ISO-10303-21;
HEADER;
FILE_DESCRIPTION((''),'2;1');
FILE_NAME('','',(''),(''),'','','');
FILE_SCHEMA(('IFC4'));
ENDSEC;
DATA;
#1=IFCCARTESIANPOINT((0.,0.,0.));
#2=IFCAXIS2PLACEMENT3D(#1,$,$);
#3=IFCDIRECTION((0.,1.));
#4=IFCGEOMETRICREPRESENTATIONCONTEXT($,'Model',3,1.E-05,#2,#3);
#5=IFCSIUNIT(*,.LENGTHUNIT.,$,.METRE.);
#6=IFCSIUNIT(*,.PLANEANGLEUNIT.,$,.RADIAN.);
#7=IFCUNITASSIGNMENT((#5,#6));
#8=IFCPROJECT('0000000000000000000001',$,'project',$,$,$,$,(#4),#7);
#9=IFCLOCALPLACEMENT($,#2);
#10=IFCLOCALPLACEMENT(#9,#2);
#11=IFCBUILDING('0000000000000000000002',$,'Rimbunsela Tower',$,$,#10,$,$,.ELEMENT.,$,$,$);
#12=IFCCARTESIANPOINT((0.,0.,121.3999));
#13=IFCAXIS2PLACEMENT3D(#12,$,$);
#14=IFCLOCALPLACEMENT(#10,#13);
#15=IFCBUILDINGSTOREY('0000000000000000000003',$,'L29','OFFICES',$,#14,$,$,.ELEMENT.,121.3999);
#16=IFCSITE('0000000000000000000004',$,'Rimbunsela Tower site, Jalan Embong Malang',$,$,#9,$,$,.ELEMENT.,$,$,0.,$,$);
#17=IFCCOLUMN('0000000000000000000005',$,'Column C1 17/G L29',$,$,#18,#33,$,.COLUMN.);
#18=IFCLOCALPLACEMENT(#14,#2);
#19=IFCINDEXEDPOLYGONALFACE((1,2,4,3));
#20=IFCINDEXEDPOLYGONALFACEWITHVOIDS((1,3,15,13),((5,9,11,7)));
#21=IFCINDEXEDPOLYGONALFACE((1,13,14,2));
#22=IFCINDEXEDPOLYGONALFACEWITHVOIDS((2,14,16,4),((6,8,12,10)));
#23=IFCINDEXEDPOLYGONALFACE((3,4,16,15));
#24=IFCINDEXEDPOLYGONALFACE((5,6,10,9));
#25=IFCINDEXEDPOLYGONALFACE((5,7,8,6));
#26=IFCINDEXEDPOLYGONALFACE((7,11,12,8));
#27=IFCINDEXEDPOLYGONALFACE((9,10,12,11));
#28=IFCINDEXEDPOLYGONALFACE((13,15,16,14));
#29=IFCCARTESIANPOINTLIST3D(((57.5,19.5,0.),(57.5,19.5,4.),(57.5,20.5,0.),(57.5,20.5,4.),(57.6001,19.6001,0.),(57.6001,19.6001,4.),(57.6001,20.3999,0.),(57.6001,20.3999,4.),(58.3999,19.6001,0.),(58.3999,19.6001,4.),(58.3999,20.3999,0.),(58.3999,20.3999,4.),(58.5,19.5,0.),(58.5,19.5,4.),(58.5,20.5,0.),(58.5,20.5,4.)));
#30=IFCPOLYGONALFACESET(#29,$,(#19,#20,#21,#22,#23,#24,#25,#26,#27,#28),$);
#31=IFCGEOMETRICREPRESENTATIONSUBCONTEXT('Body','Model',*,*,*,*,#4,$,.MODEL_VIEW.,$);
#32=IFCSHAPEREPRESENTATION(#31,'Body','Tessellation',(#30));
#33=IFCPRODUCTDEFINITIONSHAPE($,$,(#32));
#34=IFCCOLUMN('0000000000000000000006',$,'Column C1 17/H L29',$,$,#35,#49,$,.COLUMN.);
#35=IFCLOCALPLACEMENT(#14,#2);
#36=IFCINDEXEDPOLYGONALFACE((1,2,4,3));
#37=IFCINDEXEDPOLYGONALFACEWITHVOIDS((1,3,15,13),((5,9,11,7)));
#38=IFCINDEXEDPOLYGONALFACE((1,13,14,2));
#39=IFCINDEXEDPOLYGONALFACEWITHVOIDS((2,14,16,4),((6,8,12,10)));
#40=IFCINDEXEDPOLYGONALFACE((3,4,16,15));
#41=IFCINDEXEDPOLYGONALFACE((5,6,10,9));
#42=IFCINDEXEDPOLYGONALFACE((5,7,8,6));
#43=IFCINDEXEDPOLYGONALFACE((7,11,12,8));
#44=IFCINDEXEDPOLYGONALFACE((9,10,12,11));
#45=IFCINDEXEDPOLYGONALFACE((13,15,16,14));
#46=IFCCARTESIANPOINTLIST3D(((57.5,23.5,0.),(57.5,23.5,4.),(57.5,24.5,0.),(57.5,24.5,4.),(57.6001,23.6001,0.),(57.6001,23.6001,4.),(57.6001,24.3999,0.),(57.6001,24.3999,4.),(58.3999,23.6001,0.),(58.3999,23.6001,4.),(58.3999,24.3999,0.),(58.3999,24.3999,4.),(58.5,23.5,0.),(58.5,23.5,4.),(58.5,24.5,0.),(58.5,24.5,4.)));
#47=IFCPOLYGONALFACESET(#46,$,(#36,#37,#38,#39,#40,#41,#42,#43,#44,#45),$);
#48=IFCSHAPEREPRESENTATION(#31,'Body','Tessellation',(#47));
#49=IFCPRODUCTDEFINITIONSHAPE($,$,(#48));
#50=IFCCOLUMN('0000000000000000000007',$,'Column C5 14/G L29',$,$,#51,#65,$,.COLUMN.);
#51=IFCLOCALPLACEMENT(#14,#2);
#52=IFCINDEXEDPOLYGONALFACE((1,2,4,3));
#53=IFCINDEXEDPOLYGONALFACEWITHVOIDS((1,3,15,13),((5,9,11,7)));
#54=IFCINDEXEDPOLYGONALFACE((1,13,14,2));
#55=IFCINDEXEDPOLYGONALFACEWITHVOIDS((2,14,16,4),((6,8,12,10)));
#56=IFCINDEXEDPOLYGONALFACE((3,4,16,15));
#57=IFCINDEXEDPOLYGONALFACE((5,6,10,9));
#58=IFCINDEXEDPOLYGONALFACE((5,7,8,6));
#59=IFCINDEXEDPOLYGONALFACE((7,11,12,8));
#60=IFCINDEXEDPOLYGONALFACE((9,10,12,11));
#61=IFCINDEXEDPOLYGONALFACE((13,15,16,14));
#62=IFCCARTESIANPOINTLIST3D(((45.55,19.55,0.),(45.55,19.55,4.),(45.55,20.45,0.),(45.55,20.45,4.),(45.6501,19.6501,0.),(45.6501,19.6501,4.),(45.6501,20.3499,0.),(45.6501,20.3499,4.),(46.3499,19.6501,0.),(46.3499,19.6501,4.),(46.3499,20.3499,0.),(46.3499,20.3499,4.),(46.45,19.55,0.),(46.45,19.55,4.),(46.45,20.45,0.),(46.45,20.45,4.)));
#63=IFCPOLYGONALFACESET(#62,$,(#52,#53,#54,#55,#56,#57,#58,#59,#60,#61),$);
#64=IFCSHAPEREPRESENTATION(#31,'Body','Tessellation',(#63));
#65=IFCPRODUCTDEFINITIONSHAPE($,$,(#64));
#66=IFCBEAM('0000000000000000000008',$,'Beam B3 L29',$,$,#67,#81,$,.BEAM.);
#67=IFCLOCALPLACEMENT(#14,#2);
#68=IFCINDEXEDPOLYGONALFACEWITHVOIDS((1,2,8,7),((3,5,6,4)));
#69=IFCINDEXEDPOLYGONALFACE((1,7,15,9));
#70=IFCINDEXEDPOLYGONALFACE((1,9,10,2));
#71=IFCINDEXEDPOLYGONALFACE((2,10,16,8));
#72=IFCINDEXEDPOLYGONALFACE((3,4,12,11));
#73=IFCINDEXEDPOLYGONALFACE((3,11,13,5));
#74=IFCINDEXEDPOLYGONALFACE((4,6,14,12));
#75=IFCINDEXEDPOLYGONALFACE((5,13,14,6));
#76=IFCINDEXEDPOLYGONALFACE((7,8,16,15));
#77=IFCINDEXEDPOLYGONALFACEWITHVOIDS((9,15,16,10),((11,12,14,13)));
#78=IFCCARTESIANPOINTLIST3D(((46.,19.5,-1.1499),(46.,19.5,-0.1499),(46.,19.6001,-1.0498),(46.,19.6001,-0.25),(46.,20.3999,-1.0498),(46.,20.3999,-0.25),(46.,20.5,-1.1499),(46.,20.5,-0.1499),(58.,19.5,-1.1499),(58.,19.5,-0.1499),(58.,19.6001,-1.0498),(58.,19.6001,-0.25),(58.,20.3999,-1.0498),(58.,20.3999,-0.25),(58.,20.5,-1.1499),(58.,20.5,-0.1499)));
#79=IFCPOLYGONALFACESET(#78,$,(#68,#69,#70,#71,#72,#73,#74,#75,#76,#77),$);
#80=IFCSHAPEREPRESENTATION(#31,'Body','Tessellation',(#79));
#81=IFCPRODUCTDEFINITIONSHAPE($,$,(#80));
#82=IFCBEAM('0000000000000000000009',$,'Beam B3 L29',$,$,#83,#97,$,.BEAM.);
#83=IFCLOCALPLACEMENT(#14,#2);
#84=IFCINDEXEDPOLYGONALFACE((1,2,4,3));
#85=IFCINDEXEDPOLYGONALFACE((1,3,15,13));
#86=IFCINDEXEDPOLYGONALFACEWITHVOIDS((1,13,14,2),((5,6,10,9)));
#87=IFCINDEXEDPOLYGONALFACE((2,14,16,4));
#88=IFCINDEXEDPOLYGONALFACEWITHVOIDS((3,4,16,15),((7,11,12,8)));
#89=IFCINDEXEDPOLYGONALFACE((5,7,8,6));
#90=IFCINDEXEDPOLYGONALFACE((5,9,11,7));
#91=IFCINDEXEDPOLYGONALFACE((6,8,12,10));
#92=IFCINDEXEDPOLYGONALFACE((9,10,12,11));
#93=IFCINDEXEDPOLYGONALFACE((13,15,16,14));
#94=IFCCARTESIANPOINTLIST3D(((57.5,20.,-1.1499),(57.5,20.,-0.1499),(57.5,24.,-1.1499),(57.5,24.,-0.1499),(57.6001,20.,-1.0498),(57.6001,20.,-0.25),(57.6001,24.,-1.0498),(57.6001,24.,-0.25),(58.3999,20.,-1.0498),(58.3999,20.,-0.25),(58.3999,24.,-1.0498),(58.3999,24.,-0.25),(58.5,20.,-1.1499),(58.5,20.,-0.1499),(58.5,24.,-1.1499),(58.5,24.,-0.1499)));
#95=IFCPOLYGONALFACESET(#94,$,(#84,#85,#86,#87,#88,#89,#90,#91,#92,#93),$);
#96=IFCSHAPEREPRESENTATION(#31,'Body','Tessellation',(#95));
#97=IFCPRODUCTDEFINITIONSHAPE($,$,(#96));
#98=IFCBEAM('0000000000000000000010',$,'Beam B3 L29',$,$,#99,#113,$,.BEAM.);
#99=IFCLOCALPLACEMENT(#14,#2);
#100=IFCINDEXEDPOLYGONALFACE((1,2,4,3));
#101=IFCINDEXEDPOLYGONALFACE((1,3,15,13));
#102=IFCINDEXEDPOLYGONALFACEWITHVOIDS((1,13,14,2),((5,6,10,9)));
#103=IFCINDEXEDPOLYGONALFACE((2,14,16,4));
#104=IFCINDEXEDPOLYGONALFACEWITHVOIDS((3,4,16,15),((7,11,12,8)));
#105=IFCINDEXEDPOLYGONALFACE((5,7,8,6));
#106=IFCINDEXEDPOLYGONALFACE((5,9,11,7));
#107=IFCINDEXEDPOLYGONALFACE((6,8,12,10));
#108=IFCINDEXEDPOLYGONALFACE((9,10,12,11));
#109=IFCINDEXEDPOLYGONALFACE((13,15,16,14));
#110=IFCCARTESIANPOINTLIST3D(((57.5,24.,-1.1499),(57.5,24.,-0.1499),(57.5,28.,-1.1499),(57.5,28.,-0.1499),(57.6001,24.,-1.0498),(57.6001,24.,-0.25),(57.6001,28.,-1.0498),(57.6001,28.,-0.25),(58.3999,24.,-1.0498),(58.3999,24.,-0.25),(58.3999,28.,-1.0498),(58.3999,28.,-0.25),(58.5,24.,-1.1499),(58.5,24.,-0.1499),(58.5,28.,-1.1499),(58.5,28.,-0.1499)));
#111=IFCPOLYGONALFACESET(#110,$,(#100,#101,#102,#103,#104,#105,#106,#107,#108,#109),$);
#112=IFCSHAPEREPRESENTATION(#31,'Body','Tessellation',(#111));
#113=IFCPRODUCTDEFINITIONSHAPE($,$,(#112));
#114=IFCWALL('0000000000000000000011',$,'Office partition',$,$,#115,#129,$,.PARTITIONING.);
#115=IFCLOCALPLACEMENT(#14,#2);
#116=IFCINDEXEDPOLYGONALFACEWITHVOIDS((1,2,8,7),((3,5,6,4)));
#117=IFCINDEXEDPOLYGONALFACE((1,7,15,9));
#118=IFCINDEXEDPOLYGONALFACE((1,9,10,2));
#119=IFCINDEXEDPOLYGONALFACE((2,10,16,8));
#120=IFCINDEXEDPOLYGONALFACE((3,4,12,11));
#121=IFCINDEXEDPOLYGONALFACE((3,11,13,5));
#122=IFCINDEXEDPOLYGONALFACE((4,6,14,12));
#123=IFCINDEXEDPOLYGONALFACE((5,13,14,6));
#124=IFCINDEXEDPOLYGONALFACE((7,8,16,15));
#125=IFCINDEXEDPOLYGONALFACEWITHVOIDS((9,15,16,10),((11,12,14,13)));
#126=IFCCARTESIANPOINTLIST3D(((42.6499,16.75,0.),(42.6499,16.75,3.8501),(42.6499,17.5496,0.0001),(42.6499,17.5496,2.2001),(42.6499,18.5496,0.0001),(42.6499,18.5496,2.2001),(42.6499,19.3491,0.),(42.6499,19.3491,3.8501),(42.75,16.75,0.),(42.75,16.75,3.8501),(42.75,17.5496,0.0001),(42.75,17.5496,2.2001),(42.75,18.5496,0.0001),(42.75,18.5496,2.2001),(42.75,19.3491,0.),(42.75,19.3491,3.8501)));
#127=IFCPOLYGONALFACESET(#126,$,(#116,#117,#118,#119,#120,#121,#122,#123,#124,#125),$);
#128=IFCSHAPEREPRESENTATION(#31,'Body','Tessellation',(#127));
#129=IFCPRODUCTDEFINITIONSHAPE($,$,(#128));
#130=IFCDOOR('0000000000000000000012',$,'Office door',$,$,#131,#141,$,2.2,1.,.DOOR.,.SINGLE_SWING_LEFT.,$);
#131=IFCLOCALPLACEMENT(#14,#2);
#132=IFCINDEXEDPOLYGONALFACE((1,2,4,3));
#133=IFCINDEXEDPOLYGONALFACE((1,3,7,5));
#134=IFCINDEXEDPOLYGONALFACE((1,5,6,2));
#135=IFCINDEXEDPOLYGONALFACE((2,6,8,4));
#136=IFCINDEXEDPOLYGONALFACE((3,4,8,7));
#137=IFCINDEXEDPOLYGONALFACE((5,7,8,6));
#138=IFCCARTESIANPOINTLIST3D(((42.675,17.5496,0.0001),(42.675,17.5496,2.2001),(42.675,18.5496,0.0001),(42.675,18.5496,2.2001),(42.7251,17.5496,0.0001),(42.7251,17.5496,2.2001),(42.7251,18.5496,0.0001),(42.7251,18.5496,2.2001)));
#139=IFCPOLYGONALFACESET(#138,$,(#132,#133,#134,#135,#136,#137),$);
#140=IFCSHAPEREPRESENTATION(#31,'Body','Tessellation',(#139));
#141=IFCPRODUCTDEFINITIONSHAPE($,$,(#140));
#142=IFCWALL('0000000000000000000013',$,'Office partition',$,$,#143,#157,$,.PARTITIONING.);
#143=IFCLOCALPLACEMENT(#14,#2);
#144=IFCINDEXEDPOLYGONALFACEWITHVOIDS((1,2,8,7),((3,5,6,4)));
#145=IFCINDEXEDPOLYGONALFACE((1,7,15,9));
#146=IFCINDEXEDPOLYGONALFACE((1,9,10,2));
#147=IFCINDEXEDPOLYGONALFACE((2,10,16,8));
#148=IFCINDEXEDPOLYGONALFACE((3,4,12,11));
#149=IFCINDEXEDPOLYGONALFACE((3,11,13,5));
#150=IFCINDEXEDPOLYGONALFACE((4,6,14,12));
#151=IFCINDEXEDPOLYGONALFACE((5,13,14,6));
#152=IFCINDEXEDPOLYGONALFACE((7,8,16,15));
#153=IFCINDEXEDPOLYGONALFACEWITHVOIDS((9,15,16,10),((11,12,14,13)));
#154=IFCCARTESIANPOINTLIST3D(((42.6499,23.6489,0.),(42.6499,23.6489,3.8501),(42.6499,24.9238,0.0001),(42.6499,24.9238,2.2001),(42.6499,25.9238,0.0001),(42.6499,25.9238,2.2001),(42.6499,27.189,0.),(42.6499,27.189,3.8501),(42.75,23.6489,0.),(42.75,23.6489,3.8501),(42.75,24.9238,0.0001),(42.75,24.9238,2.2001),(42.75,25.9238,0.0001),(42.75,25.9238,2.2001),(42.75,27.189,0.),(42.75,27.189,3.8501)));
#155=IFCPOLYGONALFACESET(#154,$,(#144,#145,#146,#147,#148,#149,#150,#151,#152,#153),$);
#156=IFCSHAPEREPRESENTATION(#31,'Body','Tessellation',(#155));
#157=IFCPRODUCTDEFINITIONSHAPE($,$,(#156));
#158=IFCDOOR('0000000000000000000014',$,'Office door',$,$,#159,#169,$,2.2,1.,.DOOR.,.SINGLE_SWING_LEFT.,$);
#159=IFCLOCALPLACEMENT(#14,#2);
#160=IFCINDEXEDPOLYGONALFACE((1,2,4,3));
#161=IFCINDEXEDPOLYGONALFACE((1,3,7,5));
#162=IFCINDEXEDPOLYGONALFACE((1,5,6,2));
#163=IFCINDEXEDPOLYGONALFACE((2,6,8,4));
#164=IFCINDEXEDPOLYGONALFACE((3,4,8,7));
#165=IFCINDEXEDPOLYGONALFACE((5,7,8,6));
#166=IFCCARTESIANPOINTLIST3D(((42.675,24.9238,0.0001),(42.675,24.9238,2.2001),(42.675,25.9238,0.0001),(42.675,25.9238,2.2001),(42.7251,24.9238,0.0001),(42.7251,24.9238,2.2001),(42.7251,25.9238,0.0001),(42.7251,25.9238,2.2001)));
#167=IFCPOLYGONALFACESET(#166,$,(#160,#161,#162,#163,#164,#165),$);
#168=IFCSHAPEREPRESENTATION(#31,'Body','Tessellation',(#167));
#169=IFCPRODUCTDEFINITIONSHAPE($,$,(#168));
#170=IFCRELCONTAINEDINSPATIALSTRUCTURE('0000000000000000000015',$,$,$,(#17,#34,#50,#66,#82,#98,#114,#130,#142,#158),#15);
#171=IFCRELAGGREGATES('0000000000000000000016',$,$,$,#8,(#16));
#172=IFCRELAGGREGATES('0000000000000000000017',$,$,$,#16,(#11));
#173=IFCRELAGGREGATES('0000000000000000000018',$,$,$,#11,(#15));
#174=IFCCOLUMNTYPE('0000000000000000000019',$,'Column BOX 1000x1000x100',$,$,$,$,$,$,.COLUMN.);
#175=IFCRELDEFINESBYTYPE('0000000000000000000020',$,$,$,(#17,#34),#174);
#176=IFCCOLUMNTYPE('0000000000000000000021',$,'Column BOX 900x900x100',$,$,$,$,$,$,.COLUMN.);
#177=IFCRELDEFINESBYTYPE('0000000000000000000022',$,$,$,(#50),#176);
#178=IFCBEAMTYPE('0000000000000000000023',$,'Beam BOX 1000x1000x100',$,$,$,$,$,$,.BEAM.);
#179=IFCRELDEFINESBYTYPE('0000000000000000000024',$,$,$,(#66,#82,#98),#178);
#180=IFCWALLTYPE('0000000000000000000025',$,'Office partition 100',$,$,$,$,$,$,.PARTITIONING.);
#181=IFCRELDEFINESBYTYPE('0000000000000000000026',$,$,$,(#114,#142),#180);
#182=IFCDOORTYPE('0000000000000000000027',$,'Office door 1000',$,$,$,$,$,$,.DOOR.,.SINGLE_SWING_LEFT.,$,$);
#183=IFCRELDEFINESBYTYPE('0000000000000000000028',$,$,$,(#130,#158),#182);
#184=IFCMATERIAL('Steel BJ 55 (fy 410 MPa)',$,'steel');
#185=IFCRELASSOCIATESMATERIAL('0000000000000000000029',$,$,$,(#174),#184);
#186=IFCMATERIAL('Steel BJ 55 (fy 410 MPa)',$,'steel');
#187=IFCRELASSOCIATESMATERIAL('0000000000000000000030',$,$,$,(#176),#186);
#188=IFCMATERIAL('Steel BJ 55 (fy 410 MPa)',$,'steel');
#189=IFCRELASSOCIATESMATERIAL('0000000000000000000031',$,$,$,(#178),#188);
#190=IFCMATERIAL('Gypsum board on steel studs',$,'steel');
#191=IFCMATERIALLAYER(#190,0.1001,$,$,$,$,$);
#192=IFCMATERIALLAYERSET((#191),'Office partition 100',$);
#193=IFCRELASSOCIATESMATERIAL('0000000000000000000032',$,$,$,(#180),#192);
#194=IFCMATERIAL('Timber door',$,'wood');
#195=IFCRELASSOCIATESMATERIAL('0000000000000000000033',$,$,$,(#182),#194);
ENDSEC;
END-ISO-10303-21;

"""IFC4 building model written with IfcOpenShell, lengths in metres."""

from ifc_helpers import new_model, si_unit, direction, frame, frame_2d, origin, origin_2d, place, context, subcontext, project, spatial, rectangle, hollow_rectangle, extrude, material, layer, layer_set, material_profile, profile_set, type_object, element, fill, save


model = new_model("IFC4")

# Units and contexts
model_context = context("Model", 3, precision=1e-05, world=origin(), true_north=direction((0.0, 1.0)))
body_context = subcontext(model_context, "Body", "Model", "MODEL_VIEW")
ifc_project = project(units=[si_unit("LENGTHUNIT", "METRE"), si_unit("PLANEANGLEUNIT", "RADIAN")], contexts=[model_context])

# Site, building, storey
site_placement = place(None, origin())
site = spatial("IfcSite", under=ifc_project, at=site_placement, Name="Rimbunsela Tower site, Jalan Embong Malang", CompositionType="ELEMENT", RefElevation=0.0)
building_placement = place(site_placement, origin())
building = spatial("IfcBuilding", under=site, at=building_placement, Name="Rimbunsela Tower", CompositionType="ELEMENT")
storey_placement = place(building_placement, frame((0.0, 0.0, 121.3999)))
storey = spatial("IfcBuildingStorey", under=building, at=storey_placement, Name="L29", Description="OFFICES", CompositionType="ELEMENT", Elevation=121.3999)

# Columns
ifc_material_1 = material(Name="Steel BJ 55 (fy 410 MPa)", Category="steel")
ifc_material_profile_1 = material_profile(ifc_material_1, hollow_rectangle(XDim=1.0, YDim=1.0, WallThickness=0.1001, at=origin_2d()), Name="BOX 1000x1000x100")
ifc_profile_set_1 = profile_set([ifc_material_profile_1], Name="Steel BJ 55 (fy 410 MPa)")
column_type_1 = type_object("IfcColumnType", Name="Column BOX 1000x1000x100", PredefinedType="COLUMN", material=ifc_profile_set_1)
for number, where, z_axis, x_axis, name in (
    (1, (58.0, 20.0, 0.0), (0.0, 0.0, 1.0), (1.0, 0.0, 0.0), "Column C1 17/G L29"),
    (2, (58.0, 24.0, 0.0), (0.0, 0.0, 1.0), (1.0, 0.0, 0.0), "Column C1 17/H L29"),
):
    element("IfcColumn", number, at=place(storey_placement, frame(where, z_axis=z_axis, x_axis=x_axis)), inside=storey, type_object=column_type_1, Name=name, PredefinedType="COLUMN", context=body_context, shape_type="SweptSolid", body=[
        extrude(hollow_rectangle(XDim=1.0, YDim=1.0, WallThickness=0.1001, at=origin_2d()), origin(), (0.0, 0.0, 1.0), 4.0),
    ])
ifc_material_2 = material(Name="Steel BJ 55 (fy 410 MPa)", Category="steel")
ifc_material_profile_2 = material_profile(ifc_material_2, hollow_rectangle(XDim=0.8999, YDim=0.8999, WallThickness=0.1001, at=origin_2d()), Name="BOX 900x900x100")
ifc_profile_set_2 = profile_set([ifc_material_profile_2], Name="Steel BJ 55 (fy 410 MPa)")
column_type_2 = type_object("IfcColumnType", Name="Column BOX 900x900x100", PredefinedType="COLUMN", material=ifc_profile_set_2)
column_placement = place(storey_placement, frame((46.0, 20.0, 0.0), z_axis=(0.0, 0.0, 1.0), x_axis=(1.0, 0.0, 0.0)))
element("IfcColumn", 3, at=column_placement, inside=storey, type_object=column_type_2, Name="Column C5 14/G L29", PredefinedType="COLUMN", context=body_context, shape_type="SweptSolid", body=[
    extrude(hollow_rectangle(XDim=0.8999, YDim=0.8999, WallThickness=0.1001, at=origin_2d()), origin(), (0.0, 0.0, 1.0), 4.0),
])

# Beams
ifc_material_3 = material(Name="Steel BJ 55 (fy 410 MPa)", Category="steel")
ifc_material_profile_3 = material_profile(ifc_material_3, hollow_rectangle(XDim=1.0, YDim=1.0, WallThickness=0.1001, at=origin_2d()), Name="BOX 1000x1000x100")
ifc_profile_set_3 = profile_set([ifc_material_profile_3], Name="Steel BJ 55 (fy 410 MPa)")
beam_type = type_object("IfcBeamType", Name="Beam BOX 1000x1000x100", PredefinedType="BEAM", material=ifc_profile_set_3)
beam_placement = place(storey_placement, frame((46.0, 20.0, -0.6499), z_axis=(1.0, 0.0, 0.0), x_axis=(0.0, 1.0, 0.0)))
element("IfcBeam", 4, at=beam_placement, inside=storey, type_object=beam_type, Name="Beam B3 L29", PredefinedType="BEAM", context=body_context, shape_type="SweptSolid", body=[
    extrude(hollow_rectangle(XDim=1.0, YDim=1.0, WallThickness=0.1001, at=origin_2d()), origin(), (0.0, 0.0, 1.0), 12.0),
])
for number, where, z_axis, x_axis, name in (
    (5, (58.0, 20.0, -0.6499), (0.0, 1.0, 0.0), (-1.0, 0.0, 0.0), "Beam B3 L29"),
    (6, (58.0, 24.0, -0.6499), (0.0, 1.0, 0.0), (-1.0, 0.0, 0.0), "Beam B3 L29"),
):
    element("IfcBeam", number, at=place(storey_placement, frame(where, z_axis=z_axis, x_axis=x_axis)), inside=storey, type_object=beam_type, Name=name, PredefinedType="BEAM", context=body_context, shape_type="SweptSolid", body=[
        extrude(hollow_rectangle(XDim=1.0, YDim=1.0, WallThickness=0.1001, at=origin_2d()), origin(), (0.0, 0.0, 1.0), 4.0),
    ])

# Walls, openings, doors
ifc_material_4 = material(Name="Gypsum board on steel studs", Category="steel")
ifc_layer_1 = layer(ifc_material_4, 0.1001)
ifc_layer_set_1 = layer_set([ifc_layer_1], Name="Office partition 100")
wall_type_1 = type_object("IfcWallType", Name="Office partition 100", PredefinedType="PARTITIONING", material=ifc_layer_set_1)
wall_1_placement = place(storey_placement, frame((42.7, 16.75, 0.0), z_axis=(0.0, 0.0, 1.0), x_axis=(0.0, 1.0, 0.0)))
wall_1 = element("IfcWall", 7, at=wall_1_placement, inside=storey, type_object=wall_type_1, Name="Office partition", PredefinedType="PARTITIONING", context=body_context, shape_type="SweptSolid", body=[
    extrude(rectangle(XDim=2.5991, YDim=0.1001, at=frame_2d((1.2996, 0.0))), origin(), (0.0, 0.0, 1.0), 3.8501),
])
opening_1_placement = place(wall_1_placement, frame((0.7996, 0.0, 0.0)))
opening_1 = element("IfcOpeningElement", 8, at=opening_1_placement, cuts=wall_1, PredefinedType="OPENING", context=body_context, shape_type="SweptSolid", body=[
    extrude(rectangle(XDim=1.0, YDim=2.2, at=frame_2d((0.5, 1.1001))), frame((0.0, 0.0601, 0.0), z_axis=(0.0, -1.0, 0.0), x_axis=(1.0, 0.0, 0.0)), (0.0, 0.0, 1.0), 0.1201),
])
ifc_material_5 = material(Name="Timber door", Category="wood")
door_type = type_object("IfcDoorType", Name="Office door 1000", OperationType="SINGLE_SWING_LEFT", PredefinedType="DOOR", material=ifc_material_5)
door_1_placement = place(opening_1_placement, origin())
door_1 = element("IfcDoor", 9, at=door_1_placement, inside=storey, type_object=door_type, Name="Office door", OperationType="SINGLE_SWING_LEFT", OverallHeight=2.2, OverallWidth=1.0, PredefinedType="DOOR", context=body_context, shape_type="SweptSolid", body=[
    extrude(rectangle(XDim=1.0, YDim=2.2, at=frame_2d((0.5, 1.1001))), frame((0.0, 0.0249, 0.0), z_axis=(0.0, -1.0, 0.0), x_axis=(1.0, 0.0, 0.0)), (0.0, 0.0, 1.0), 0.05),
])
fill(opening_1, door_1)
wall_2_placement = place(storey_placement, frame((42.7, 23.6489, 0.0), z_axis=(0.0, 0.0, 1.0), x_axis=(0.0, 1.0, 0.0)))
wall_2 = element("IfcWall", 10, at=wall_2_placement, inside=storey, type_object=wall_type_1, Name="Office partition", PredefinedType="PARTITIONING", context=body_context, shape_type="SweptSolid", body=[
    extrude(rectangle(XDim=3.54, YDim=0.1001, at=frame_2d((1.77, 0.0))), origin(), (0.0, 0.0, 1.0), 3.8501),
])
opening_2_placement = place(wall_2_placement, frame((1.2749, 0.0, 0.0)))
opening_2 = element("IfcOpeningElement", 11, at=opening_2_placement, cuts=wall_2, PredefinedType="OPENING", context=body_context, shape_type="SweptSolid", body=[
    extrude(rectangle(XDim=1.0, YDim=2.2, at=frame_2d((0.5, 1.1001))), frame((0.0, 0.0601, 0.0), z_axis=(0.0, -1.0, 0.0), x_axis=(1.0, 0.0, 0.0)), (0.0, 0.0, 1.0), 0.1201),
])
door_2_placement = place(opening_2_placement, origin())
door_2 = element("IfcDoor", 12, at=door_2_placement, inside=storey, type_object=door_type, Name="Office door", OperationType="SINGLE_SWING_LEFT", OverallHeight=2.2, OverallWidth=1.0, PredefinedType="DOOR", context=body_context, shape_type="SweptSolid", body=[
    extrude(rectangle(XDim=1.0, YDim=2.2, at=frame_2d((0.5, 1.1001))), frame((0.0, 0.0249, 0.0), z_axis=(0.0, -1.0, 0.0), x_axis=(1.0, 0.0, 0.0)), (0.0, 0.0, 1.0), 0.05),
])
fill(opening_2, door_2)

save(model, "model.ifc")
